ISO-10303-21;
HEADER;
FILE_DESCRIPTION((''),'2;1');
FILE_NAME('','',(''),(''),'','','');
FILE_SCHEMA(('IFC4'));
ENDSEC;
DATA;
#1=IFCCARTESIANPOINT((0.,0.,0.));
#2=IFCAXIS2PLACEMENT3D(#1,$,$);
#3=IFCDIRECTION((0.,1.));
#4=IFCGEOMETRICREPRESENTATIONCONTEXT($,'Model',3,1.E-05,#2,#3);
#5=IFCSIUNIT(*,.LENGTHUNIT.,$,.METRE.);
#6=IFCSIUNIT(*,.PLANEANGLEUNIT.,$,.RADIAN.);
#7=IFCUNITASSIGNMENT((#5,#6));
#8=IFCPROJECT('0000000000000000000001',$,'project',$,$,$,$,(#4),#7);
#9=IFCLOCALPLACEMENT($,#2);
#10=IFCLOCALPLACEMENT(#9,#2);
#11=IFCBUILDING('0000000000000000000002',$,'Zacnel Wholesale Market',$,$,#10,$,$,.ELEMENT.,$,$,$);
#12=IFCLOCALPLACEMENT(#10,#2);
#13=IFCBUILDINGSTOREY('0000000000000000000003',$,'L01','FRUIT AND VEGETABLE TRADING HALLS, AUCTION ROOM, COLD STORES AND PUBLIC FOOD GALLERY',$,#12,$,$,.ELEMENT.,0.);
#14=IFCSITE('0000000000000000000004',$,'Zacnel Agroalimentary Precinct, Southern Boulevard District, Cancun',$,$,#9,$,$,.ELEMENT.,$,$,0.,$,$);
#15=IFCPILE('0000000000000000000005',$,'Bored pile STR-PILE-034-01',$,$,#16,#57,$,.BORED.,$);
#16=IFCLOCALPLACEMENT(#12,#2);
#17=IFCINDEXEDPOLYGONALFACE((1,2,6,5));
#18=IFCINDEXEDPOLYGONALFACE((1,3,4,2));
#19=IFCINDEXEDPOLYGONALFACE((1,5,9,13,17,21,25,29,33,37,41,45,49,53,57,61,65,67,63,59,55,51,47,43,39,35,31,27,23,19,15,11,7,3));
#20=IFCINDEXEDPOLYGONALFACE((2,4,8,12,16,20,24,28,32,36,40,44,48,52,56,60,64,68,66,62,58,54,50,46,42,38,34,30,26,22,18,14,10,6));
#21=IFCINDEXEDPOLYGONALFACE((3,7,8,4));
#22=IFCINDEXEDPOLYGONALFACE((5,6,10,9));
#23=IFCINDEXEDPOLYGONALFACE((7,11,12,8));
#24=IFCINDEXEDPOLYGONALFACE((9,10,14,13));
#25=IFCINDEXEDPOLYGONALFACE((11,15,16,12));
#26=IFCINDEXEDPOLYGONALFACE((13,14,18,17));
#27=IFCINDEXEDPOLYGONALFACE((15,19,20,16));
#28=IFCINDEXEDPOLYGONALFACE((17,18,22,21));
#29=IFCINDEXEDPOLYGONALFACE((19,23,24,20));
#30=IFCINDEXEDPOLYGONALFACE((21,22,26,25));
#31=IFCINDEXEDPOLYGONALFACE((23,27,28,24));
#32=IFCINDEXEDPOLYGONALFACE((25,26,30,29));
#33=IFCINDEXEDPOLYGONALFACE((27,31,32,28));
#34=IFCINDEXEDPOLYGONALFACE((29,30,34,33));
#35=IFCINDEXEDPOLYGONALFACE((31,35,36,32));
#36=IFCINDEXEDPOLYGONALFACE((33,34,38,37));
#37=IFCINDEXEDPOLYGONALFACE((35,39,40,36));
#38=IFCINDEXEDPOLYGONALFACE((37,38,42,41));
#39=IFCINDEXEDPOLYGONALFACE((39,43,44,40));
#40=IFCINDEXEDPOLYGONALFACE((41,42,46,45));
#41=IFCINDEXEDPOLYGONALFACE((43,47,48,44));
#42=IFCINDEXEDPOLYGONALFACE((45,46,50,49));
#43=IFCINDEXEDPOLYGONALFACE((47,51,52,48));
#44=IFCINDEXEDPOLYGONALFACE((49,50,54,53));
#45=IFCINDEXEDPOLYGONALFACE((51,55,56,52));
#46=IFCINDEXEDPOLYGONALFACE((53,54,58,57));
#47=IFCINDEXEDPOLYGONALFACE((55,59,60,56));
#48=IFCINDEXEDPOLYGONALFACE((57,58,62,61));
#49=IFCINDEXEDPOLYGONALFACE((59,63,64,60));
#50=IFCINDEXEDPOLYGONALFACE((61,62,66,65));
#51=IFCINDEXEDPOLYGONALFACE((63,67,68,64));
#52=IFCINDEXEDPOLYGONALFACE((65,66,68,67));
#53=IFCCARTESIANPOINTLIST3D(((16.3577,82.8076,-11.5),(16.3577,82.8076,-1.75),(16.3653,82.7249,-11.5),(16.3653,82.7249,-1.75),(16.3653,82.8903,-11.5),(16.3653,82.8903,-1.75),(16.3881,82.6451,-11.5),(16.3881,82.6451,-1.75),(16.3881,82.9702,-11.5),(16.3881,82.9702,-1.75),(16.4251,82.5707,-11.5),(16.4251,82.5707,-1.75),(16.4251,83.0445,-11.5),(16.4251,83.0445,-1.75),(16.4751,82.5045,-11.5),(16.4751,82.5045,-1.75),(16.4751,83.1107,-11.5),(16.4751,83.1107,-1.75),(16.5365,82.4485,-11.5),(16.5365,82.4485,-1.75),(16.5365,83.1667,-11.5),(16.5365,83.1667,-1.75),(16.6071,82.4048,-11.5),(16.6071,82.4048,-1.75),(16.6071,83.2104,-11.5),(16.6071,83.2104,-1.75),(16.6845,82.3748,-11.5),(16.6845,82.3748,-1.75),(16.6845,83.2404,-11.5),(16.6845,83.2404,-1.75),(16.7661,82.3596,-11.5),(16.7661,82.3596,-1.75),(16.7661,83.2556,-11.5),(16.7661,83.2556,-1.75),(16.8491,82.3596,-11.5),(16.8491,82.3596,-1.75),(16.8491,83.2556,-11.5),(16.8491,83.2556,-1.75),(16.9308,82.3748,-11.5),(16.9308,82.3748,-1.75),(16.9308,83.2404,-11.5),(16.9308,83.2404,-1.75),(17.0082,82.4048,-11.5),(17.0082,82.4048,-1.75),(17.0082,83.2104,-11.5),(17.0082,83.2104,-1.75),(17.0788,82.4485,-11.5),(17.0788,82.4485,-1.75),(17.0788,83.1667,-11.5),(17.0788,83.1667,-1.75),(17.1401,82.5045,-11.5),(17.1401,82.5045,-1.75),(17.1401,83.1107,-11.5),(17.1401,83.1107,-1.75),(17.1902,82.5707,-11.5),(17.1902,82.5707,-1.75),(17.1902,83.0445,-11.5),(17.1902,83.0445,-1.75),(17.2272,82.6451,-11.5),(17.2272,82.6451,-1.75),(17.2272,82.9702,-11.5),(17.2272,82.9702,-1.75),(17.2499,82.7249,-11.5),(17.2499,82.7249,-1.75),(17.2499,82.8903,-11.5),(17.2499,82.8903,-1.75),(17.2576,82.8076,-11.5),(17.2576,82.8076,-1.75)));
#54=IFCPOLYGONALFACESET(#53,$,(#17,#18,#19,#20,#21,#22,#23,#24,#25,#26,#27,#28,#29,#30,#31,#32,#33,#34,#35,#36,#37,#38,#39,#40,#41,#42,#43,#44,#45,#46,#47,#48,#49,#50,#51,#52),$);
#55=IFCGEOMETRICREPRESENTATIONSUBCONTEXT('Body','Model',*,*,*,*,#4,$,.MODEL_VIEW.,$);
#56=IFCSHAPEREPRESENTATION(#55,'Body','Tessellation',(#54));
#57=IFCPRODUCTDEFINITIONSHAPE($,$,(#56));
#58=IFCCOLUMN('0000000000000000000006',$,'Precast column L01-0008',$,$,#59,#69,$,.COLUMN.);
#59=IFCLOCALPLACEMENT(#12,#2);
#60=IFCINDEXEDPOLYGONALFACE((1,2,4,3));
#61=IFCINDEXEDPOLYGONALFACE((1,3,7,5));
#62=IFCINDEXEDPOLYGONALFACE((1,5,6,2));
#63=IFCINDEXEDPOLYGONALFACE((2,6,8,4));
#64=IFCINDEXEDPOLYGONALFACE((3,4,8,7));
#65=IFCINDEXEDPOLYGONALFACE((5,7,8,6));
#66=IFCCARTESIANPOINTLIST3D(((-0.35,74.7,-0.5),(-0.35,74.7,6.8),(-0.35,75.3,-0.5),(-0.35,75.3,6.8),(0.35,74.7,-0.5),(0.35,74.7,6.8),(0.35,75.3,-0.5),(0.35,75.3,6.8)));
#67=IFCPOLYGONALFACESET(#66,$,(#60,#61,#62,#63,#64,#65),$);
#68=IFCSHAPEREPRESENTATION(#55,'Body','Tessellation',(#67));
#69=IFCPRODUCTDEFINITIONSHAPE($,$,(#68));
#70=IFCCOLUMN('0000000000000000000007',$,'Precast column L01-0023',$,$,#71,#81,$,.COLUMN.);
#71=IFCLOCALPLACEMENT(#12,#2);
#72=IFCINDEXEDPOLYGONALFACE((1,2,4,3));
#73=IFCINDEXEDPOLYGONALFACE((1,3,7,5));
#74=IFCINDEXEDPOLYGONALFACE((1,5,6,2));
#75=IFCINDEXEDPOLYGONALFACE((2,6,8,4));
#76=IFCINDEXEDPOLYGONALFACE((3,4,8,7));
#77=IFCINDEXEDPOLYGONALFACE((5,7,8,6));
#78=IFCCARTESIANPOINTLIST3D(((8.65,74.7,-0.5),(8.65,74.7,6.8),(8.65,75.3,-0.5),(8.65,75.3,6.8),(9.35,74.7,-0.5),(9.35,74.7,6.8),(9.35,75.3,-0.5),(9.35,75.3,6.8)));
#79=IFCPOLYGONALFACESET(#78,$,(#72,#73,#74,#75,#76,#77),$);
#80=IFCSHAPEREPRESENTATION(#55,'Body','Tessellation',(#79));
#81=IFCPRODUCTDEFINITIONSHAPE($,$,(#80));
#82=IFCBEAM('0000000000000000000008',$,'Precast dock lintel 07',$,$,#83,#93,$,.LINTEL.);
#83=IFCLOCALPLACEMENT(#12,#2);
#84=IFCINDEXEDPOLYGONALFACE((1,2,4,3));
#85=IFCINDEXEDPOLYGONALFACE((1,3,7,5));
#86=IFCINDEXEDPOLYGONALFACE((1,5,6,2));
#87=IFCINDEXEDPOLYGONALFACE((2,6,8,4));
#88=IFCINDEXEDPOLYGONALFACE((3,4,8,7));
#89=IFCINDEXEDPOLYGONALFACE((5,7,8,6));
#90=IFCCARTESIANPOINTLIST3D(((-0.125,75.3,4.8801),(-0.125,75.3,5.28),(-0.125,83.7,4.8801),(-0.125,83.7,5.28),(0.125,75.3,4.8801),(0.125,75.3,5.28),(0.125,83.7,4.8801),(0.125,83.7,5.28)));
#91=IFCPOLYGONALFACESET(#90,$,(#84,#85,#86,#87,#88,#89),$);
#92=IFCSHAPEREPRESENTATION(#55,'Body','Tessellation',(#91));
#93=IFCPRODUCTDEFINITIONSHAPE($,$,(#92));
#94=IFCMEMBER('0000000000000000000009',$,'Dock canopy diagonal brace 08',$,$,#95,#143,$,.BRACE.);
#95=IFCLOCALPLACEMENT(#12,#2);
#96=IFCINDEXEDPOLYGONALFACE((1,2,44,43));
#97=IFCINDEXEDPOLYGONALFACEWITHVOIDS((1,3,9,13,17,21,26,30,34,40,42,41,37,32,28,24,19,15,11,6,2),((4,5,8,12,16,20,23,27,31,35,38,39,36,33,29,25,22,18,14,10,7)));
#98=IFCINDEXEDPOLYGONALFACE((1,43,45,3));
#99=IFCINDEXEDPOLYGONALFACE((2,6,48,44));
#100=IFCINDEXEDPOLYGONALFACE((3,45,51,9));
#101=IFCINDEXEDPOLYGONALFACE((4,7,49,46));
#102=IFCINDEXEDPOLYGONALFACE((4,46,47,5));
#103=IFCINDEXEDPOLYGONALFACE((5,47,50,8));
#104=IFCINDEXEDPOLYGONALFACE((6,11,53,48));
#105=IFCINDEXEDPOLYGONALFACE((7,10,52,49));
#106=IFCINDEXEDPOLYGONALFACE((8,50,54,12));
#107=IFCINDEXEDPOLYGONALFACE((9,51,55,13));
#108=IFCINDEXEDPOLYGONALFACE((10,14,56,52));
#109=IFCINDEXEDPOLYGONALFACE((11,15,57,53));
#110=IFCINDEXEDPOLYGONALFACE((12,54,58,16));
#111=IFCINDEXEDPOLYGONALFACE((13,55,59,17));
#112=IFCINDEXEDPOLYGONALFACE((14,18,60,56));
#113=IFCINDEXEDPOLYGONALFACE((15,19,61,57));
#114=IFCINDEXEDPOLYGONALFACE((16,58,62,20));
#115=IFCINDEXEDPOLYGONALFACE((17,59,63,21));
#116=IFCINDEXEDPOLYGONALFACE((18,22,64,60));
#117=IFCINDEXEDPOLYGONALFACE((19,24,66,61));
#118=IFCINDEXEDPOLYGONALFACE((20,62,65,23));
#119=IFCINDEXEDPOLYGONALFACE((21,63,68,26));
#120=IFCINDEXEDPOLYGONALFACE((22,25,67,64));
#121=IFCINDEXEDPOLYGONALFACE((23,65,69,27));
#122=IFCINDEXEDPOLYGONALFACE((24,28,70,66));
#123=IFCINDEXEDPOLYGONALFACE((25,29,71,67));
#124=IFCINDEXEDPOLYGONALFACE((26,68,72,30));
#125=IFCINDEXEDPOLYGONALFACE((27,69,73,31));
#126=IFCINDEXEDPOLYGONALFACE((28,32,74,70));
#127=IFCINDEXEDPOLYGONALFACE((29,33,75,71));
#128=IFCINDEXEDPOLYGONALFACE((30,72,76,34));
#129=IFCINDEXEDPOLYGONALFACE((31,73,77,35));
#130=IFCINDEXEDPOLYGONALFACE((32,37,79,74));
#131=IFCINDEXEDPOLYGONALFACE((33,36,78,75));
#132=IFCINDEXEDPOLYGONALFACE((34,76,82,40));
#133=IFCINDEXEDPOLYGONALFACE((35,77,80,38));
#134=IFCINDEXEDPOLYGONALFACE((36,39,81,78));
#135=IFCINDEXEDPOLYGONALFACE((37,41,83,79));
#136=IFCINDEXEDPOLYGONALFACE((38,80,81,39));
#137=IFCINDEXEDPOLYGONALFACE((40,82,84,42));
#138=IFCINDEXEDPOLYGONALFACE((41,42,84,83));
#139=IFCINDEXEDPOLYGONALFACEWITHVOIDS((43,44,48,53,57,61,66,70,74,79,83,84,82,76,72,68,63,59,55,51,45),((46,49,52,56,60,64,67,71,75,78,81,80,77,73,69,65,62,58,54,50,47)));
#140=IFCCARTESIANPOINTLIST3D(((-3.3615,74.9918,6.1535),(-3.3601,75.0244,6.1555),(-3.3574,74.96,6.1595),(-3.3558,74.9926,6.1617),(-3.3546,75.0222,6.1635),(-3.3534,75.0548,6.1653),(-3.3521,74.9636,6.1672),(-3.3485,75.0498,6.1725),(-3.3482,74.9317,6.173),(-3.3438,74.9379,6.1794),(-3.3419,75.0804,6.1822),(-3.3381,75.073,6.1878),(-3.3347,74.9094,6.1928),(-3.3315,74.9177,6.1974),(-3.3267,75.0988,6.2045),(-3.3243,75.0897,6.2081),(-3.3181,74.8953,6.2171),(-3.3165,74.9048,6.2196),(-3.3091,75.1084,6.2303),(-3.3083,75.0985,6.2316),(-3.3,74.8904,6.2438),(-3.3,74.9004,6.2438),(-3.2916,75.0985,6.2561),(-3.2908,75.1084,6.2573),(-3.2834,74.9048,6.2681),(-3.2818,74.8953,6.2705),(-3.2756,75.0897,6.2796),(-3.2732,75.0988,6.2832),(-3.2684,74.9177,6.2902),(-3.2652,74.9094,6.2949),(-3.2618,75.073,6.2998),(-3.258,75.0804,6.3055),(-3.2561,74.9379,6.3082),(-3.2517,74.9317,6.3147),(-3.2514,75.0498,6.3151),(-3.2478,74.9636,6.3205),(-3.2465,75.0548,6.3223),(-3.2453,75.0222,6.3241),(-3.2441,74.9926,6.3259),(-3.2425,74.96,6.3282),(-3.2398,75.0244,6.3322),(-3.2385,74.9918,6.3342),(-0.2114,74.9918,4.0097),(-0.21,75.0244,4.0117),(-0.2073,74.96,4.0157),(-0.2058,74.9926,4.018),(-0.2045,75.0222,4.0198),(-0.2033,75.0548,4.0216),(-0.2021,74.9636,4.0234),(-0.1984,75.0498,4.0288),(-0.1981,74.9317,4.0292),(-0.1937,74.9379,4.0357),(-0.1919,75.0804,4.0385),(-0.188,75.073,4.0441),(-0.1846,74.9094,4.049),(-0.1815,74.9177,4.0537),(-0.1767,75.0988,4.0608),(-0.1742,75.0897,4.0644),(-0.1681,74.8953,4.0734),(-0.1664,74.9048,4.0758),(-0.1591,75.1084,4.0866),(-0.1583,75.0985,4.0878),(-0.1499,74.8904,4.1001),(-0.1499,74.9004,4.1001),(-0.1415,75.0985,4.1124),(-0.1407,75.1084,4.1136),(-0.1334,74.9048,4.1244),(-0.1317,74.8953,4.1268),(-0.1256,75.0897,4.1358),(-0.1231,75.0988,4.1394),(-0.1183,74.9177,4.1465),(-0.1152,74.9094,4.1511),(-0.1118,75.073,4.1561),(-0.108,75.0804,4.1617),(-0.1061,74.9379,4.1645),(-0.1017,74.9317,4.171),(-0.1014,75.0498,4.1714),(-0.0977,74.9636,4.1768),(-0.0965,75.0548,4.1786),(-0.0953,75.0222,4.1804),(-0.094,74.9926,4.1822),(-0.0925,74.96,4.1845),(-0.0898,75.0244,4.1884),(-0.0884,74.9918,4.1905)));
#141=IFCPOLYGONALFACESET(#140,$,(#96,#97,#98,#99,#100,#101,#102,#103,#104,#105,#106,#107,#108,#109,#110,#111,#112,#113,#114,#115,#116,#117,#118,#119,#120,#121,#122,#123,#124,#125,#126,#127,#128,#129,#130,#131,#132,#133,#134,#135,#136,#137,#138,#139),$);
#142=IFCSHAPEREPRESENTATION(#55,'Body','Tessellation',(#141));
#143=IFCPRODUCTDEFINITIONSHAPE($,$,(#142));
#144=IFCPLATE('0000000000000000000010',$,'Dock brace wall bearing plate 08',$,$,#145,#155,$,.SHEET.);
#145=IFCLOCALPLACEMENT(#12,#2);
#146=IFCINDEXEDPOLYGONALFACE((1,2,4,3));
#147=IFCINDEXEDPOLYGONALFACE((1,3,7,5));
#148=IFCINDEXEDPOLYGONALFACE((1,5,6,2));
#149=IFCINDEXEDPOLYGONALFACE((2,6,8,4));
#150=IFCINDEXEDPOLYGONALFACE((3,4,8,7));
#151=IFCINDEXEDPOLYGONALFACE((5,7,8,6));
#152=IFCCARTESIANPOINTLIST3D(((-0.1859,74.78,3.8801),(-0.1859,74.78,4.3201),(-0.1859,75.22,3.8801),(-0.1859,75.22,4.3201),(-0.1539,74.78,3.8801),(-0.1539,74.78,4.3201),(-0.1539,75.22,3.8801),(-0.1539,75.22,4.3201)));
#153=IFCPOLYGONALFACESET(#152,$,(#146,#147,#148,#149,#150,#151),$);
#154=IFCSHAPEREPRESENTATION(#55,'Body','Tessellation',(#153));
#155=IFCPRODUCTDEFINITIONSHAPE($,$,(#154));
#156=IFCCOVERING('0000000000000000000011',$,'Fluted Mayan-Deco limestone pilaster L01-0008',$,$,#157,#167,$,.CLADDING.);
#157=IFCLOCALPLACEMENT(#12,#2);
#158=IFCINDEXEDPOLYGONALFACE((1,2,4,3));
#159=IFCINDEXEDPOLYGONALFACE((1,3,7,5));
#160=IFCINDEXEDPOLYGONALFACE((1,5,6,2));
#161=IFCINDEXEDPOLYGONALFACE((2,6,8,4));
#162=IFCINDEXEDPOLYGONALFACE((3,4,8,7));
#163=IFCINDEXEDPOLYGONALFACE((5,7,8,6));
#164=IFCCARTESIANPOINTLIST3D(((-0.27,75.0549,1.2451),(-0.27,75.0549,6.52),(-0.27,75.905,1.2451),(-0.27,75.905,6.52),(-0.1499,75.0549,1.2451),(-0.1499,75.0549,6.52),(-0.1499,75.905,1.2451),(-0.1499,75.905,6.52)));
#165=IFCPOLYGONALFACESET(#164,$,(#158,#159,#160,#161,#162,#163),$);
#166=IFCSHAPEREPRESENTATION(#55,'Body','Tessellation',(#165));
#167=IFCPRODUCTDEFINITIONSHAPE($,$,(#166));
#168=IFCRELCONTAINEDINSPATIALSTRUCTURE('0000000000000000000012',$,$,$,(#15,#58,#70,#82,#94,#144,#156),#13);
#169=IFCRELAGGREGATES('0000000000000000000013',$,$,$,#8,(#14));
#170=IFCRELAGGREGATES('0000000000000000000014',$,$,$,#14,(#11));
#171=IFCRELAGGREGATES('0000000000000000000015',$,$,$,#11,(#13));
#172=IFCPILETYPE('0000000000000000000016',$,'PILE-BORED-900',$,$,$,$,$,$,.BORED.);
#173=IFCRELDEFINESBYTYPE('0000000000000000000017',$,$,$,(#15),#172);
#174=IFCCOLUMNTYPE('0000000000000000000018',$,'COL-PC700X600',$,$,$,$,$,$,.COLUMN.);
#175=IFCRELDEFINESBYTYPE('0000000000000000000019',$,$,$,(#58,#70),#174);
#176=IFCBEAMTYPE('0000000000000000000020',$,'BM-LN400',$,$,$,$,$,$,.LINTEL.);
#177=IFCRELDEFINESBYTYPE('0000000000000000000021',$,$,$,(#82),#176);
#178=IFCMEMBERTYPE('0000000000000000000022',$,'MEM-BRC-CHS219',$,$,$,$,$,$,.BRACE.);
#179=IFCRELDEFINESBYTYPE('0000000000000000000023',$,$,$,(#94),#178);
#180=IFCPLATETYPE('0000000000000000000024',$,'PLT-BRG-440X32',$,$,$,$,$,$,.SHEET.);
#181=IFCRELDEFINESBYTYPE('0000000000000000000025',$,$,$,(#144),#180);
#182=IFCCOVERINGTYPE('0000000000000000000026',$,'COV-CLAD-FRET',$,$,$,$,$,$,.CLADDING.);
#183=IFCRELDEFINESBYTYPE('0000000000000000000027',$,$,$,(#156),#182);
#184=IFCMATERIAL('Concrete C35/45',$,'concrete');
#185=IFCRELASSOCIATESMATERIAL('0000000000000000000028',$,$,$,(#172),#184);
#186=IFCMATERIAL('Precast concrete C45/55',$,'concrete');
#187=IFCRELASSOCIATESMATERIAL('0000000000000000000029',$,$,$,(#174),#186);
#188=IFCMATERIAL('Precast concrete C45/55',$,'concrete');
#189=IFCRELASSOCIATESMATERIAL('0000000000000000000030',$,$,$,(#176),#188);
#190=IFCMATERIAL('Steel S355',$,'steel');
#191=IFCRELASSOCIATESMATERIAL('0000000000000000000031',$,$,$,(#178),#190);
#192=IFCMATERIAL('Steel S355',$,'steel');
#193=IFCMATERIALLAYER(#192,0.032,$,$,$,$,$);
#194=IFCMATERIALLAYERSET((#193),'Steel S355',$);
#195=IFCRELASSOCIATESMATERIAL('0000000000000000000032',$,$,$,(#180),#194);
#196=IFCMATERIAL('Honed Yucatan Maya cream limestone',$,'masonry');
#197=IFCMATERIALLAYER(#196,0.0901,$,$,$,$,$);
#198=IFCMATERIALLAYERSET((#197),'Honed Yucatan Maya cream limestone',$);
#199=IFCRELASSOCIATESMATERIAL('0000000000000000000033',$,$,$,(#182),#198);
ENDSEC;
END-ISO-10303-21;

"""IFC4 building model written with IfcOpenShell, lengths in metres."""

from ifc_helpers import new_model, si_unit, direction, frame, origin, origin_2d, place, context, subcontext, project, spatial, rectangle, circle, hollow_circle, extrude, material, layer, layer_set, material_profile, profile_set, type_object, element, save


model = new_model("IFC4")

# Units and contexts
model_context = context("Model", 3, precision=1e-05, world=origin(), true_north=direction((0.0, 1.0)))
body_context = subcontext(model_context, "Body", "Model", "MODEL_VIEW")
ifc_project = project(units=[si_unit("LENGTHUNIT", "METRE"), si_unit("PLANEANGLEUNIT", "RADIAN")], contexts=[model_context])

# Site, building, storey
site_placement = place(None, origin())
site = spatial("IfcSite", under=ifc_project, at=site_placement, Name="Zacnel Agroalimentary Precinct, Southern Boulevard District, Cancun", CompositionType="ELEMENT", RefElevation=0.0)
building_placement = place(site_placement, origin())
building = spatial("IfcBuilding", under=site, at=building_placement, Name="Zacnel Wholesale Market", CompositionType="ELEMENT")
storey_placement = place(building_placement, origin())
storey = spatial("IfcBuildingStorey", under=building, at=storey_placement, Name="L01", Description="FRUIT AND VEGETABLE TRADING HALLS, AUCTION ROOM, COLD STORES AND PUBLIC FOOD GALLERY", CompositionType="ELEMENT", Elevation=0.0)

# Pile
ifc_material_1 = material(Name="Concrete C35/45", Category="concrete")
ifc_material_profile_1 = material_profile(ifc_material_1, circle(Radius=0.45, at=origin_2d()), Name="BORED PILE D900")
ifc_profile_set_1 = profile_set([ifc_material_profile_1], Name="Concrete C35/45")
pile_type = type_object("IfcPileType", Name="PILE-BORED-900", PredefinedType="BORED", material=ifc_profile_set_1)
for number, where, z_axis, x_axis, name in (
    (1, (16.8076, 82.8076, -1.75), (0.0, 0.0, -1.0), (1.0, 0.0, 0.0), "Bored pile STR-PILE-034-01"),
):
    element("IfcPile", number, at=place(storey_placement, frame(where, z_axis=z_axis, x_axis=x_axis)), inside=storey, type_object=pile_type, Name=name, PredefinedType="BORED", context=body_context, shape_type="SweptSolid", body=[
        extrude(circle(Radius=0.45, at=origin_2d()), origin(), (0.0, 0.0, 1.0), 9.75),
    ])

# Columns
ifc_material_2 = material(Name="Precast concrete C45/55", Category="concrete")
ifc_material_profile_2 = material_profile(ifc_material_2, rectangle(XDim=0.7, YDim=0.6001, at=origin_2d()), Name="PC 700x600")
ifc_profile_set_2 = profile_set([ifc_material_profile_2], Name="Precast concrete C45/55")
column_type = type_object("IfcColumnType", Name="COL-PC700X600", PredefinedType="COLUMN", material=ifc_profile_set_2)
for number, where, z_axis, x_axis, name in (
    (2, (0.0, 75.0, -0.5), (0.0, 0.0, 1.0), (1.0, 0.0, 0.0), "Precast column L01-0008"),
    (3, (9.0, 75.0, -0.5), (0.0, 0.0, 1.0), (1.0, 0.0, 0.0), "Precast column L01-0023"),
):
    element("IfcColumn", number, at=place(storey_placement, frame(where, z_axis=z_axis, x_axis=x_axis)), inside=storey, type_object=column_type, Name=name, PredefinedType="COLUMN", context=body_context, shape_type="SweptSolid", body=[
        extrude(rectangle(XDim=0.7, YDim=0.6001, at=origin_2d()), origin(), (0.0, 0.0, 1.0), 7.3),
    ])

# Beam
ifc_material_3 = material(Name="Precast concrete C45/55", Category="concrete")
ifc_material_profile_3 = material_profile(ifc_material_3, rectangle(XDim=0.25, YDim=0.3999, at=origin_2d()), Name="LN 250x400")
ifc_profile_set_3 = profile_set([ifc_material_profile_3], Name="Precast concrete C45/55")
beam_type = type_object("IfcBeamType", Name="BM-LN400", PredefinedType="LINTEL", material=ifc_profile_set_3)
beam_placement = place(storey_placement, frame((0.0, 75.3, 5.0801), z_axis=(0.0, 1.0, 0.0), x_axis=(-1.0, 0.0, 0.0)))
element("IfcBeam", 4, at=beam_placement, inside=storey, type_object=beam_type, Name="Precast dock lintel 07", PredefinedType="LINTEL", context=body_context, shape_type="SweptSolid", body=[
    extrude(rectangle(XDim=0.25, YDim=0.3999, at=origin_2d()), origin(), (0.0, 0.0, 1.0), 8.3999),
])

# Member
ifc_material_4 = material(Name="Steel S355", Category="steel")
ifc_material_profile_4 = material_profile(ifc_material_4, hollow_circle(Radius=0.1096, WallThickness=0.01, at=origin_2d()), Name="CHS 219.1x10")
ifc_profile_set_4 = profile_set([ifc_material_profile_4], Name="Steel S355")
member_type = type_object("IfcMemberType", Name="MEM-BRC-CHS219", PredefinedType="BRACE", material=ifc_profile_set_4)
member_placement = place(storey_placement, frame((-0.1499, 75.0, 4.1001), z_axis=(-0.826719, 0.0, 0.562615), x_axis=(0.0, -1.0, 0.0)))
element("IfcMember", 5, at=member_placement, inside=storey, type_object=member_type, Name="Dock canopy diagonal brace 08", PredefinedType="BRACE", context=body_context, shape_type="SweptSolid", body=[
    extrude(hollow_circle(Radius=0.1096, WallThickness=0.01, at=origin_2d()), origin(), (0.0, 0.0, 1.0), 3.8103),
])

# Plate
ifc_material_5 = material(Name="Steel S355", Category="steel")
ifc_layer_1 = layer(ifc_material_5, 0.032)
ifc_layer_set_1 = layer_set([ifc_layer_1], Name="Steel S355")
plate_type = type_object("IfcPlateType", Name="PLT-BRG-440X32", PredefinedType="SHEET", material=ifc_layer_set_1)
plate_placement = place(storey_placement, frame((-0.1699, 75.0, 3.8801), z_axis=(0.0, 0.0, 1.0), x_axis=(1.0, 0.0, 0.0)))
element("IfcPlate", 6, at=plate_placement, inside=storey, type_object=plate_type, Name="Dock brace wall bearing plate 08", PredefinedType="SHEET", context=body_context, shape_type="SweptSolid", body=[
    extrude(rectangle(XDim=0.032, YDim=0.4399, at=origin_2d()), origin(), (0.0, 0.0, 1.0), 0.4399),
])

# Covering
ifc_material_6 = material(Name="Honed Yucatan Maya cream limestone", Category="masonry")
ifc_layer_2 = layer(ifc_material_6, 0.0901)
ifc_layer_set_2 = layer_set([ifc_layer_2], Name="Honed Yucatan Maya cream limestone")
covering_type = type_object("IfcCoveringType", Name="COV-CLAD-FRET", PredefinedType="CLADDING", material=ifc_layer_set_2)
covering_placement = place(storey_placement, frame((-0.21, 75.48, 1.2451), z_axis=(0.0, 0.0, 1.0), x_axis=(0.0, 1.0, 0.0)))
element("IfcCovering", 7, at=covering_placement, inside=storey, type_object=covering_type, Name="Fluted Mayan-Deco limestone pilaster L01-0008", PredefinedType="CLADDING", context=body_context, shape_type="SweptSolid", body=[
    extrude(rectangle(XDim=0.8501, YDim=0.1201, at=origin_2d()), origin(), (0.0, 0.0, 1.0), 5.2749),
])

save(model, "model.ifc")
